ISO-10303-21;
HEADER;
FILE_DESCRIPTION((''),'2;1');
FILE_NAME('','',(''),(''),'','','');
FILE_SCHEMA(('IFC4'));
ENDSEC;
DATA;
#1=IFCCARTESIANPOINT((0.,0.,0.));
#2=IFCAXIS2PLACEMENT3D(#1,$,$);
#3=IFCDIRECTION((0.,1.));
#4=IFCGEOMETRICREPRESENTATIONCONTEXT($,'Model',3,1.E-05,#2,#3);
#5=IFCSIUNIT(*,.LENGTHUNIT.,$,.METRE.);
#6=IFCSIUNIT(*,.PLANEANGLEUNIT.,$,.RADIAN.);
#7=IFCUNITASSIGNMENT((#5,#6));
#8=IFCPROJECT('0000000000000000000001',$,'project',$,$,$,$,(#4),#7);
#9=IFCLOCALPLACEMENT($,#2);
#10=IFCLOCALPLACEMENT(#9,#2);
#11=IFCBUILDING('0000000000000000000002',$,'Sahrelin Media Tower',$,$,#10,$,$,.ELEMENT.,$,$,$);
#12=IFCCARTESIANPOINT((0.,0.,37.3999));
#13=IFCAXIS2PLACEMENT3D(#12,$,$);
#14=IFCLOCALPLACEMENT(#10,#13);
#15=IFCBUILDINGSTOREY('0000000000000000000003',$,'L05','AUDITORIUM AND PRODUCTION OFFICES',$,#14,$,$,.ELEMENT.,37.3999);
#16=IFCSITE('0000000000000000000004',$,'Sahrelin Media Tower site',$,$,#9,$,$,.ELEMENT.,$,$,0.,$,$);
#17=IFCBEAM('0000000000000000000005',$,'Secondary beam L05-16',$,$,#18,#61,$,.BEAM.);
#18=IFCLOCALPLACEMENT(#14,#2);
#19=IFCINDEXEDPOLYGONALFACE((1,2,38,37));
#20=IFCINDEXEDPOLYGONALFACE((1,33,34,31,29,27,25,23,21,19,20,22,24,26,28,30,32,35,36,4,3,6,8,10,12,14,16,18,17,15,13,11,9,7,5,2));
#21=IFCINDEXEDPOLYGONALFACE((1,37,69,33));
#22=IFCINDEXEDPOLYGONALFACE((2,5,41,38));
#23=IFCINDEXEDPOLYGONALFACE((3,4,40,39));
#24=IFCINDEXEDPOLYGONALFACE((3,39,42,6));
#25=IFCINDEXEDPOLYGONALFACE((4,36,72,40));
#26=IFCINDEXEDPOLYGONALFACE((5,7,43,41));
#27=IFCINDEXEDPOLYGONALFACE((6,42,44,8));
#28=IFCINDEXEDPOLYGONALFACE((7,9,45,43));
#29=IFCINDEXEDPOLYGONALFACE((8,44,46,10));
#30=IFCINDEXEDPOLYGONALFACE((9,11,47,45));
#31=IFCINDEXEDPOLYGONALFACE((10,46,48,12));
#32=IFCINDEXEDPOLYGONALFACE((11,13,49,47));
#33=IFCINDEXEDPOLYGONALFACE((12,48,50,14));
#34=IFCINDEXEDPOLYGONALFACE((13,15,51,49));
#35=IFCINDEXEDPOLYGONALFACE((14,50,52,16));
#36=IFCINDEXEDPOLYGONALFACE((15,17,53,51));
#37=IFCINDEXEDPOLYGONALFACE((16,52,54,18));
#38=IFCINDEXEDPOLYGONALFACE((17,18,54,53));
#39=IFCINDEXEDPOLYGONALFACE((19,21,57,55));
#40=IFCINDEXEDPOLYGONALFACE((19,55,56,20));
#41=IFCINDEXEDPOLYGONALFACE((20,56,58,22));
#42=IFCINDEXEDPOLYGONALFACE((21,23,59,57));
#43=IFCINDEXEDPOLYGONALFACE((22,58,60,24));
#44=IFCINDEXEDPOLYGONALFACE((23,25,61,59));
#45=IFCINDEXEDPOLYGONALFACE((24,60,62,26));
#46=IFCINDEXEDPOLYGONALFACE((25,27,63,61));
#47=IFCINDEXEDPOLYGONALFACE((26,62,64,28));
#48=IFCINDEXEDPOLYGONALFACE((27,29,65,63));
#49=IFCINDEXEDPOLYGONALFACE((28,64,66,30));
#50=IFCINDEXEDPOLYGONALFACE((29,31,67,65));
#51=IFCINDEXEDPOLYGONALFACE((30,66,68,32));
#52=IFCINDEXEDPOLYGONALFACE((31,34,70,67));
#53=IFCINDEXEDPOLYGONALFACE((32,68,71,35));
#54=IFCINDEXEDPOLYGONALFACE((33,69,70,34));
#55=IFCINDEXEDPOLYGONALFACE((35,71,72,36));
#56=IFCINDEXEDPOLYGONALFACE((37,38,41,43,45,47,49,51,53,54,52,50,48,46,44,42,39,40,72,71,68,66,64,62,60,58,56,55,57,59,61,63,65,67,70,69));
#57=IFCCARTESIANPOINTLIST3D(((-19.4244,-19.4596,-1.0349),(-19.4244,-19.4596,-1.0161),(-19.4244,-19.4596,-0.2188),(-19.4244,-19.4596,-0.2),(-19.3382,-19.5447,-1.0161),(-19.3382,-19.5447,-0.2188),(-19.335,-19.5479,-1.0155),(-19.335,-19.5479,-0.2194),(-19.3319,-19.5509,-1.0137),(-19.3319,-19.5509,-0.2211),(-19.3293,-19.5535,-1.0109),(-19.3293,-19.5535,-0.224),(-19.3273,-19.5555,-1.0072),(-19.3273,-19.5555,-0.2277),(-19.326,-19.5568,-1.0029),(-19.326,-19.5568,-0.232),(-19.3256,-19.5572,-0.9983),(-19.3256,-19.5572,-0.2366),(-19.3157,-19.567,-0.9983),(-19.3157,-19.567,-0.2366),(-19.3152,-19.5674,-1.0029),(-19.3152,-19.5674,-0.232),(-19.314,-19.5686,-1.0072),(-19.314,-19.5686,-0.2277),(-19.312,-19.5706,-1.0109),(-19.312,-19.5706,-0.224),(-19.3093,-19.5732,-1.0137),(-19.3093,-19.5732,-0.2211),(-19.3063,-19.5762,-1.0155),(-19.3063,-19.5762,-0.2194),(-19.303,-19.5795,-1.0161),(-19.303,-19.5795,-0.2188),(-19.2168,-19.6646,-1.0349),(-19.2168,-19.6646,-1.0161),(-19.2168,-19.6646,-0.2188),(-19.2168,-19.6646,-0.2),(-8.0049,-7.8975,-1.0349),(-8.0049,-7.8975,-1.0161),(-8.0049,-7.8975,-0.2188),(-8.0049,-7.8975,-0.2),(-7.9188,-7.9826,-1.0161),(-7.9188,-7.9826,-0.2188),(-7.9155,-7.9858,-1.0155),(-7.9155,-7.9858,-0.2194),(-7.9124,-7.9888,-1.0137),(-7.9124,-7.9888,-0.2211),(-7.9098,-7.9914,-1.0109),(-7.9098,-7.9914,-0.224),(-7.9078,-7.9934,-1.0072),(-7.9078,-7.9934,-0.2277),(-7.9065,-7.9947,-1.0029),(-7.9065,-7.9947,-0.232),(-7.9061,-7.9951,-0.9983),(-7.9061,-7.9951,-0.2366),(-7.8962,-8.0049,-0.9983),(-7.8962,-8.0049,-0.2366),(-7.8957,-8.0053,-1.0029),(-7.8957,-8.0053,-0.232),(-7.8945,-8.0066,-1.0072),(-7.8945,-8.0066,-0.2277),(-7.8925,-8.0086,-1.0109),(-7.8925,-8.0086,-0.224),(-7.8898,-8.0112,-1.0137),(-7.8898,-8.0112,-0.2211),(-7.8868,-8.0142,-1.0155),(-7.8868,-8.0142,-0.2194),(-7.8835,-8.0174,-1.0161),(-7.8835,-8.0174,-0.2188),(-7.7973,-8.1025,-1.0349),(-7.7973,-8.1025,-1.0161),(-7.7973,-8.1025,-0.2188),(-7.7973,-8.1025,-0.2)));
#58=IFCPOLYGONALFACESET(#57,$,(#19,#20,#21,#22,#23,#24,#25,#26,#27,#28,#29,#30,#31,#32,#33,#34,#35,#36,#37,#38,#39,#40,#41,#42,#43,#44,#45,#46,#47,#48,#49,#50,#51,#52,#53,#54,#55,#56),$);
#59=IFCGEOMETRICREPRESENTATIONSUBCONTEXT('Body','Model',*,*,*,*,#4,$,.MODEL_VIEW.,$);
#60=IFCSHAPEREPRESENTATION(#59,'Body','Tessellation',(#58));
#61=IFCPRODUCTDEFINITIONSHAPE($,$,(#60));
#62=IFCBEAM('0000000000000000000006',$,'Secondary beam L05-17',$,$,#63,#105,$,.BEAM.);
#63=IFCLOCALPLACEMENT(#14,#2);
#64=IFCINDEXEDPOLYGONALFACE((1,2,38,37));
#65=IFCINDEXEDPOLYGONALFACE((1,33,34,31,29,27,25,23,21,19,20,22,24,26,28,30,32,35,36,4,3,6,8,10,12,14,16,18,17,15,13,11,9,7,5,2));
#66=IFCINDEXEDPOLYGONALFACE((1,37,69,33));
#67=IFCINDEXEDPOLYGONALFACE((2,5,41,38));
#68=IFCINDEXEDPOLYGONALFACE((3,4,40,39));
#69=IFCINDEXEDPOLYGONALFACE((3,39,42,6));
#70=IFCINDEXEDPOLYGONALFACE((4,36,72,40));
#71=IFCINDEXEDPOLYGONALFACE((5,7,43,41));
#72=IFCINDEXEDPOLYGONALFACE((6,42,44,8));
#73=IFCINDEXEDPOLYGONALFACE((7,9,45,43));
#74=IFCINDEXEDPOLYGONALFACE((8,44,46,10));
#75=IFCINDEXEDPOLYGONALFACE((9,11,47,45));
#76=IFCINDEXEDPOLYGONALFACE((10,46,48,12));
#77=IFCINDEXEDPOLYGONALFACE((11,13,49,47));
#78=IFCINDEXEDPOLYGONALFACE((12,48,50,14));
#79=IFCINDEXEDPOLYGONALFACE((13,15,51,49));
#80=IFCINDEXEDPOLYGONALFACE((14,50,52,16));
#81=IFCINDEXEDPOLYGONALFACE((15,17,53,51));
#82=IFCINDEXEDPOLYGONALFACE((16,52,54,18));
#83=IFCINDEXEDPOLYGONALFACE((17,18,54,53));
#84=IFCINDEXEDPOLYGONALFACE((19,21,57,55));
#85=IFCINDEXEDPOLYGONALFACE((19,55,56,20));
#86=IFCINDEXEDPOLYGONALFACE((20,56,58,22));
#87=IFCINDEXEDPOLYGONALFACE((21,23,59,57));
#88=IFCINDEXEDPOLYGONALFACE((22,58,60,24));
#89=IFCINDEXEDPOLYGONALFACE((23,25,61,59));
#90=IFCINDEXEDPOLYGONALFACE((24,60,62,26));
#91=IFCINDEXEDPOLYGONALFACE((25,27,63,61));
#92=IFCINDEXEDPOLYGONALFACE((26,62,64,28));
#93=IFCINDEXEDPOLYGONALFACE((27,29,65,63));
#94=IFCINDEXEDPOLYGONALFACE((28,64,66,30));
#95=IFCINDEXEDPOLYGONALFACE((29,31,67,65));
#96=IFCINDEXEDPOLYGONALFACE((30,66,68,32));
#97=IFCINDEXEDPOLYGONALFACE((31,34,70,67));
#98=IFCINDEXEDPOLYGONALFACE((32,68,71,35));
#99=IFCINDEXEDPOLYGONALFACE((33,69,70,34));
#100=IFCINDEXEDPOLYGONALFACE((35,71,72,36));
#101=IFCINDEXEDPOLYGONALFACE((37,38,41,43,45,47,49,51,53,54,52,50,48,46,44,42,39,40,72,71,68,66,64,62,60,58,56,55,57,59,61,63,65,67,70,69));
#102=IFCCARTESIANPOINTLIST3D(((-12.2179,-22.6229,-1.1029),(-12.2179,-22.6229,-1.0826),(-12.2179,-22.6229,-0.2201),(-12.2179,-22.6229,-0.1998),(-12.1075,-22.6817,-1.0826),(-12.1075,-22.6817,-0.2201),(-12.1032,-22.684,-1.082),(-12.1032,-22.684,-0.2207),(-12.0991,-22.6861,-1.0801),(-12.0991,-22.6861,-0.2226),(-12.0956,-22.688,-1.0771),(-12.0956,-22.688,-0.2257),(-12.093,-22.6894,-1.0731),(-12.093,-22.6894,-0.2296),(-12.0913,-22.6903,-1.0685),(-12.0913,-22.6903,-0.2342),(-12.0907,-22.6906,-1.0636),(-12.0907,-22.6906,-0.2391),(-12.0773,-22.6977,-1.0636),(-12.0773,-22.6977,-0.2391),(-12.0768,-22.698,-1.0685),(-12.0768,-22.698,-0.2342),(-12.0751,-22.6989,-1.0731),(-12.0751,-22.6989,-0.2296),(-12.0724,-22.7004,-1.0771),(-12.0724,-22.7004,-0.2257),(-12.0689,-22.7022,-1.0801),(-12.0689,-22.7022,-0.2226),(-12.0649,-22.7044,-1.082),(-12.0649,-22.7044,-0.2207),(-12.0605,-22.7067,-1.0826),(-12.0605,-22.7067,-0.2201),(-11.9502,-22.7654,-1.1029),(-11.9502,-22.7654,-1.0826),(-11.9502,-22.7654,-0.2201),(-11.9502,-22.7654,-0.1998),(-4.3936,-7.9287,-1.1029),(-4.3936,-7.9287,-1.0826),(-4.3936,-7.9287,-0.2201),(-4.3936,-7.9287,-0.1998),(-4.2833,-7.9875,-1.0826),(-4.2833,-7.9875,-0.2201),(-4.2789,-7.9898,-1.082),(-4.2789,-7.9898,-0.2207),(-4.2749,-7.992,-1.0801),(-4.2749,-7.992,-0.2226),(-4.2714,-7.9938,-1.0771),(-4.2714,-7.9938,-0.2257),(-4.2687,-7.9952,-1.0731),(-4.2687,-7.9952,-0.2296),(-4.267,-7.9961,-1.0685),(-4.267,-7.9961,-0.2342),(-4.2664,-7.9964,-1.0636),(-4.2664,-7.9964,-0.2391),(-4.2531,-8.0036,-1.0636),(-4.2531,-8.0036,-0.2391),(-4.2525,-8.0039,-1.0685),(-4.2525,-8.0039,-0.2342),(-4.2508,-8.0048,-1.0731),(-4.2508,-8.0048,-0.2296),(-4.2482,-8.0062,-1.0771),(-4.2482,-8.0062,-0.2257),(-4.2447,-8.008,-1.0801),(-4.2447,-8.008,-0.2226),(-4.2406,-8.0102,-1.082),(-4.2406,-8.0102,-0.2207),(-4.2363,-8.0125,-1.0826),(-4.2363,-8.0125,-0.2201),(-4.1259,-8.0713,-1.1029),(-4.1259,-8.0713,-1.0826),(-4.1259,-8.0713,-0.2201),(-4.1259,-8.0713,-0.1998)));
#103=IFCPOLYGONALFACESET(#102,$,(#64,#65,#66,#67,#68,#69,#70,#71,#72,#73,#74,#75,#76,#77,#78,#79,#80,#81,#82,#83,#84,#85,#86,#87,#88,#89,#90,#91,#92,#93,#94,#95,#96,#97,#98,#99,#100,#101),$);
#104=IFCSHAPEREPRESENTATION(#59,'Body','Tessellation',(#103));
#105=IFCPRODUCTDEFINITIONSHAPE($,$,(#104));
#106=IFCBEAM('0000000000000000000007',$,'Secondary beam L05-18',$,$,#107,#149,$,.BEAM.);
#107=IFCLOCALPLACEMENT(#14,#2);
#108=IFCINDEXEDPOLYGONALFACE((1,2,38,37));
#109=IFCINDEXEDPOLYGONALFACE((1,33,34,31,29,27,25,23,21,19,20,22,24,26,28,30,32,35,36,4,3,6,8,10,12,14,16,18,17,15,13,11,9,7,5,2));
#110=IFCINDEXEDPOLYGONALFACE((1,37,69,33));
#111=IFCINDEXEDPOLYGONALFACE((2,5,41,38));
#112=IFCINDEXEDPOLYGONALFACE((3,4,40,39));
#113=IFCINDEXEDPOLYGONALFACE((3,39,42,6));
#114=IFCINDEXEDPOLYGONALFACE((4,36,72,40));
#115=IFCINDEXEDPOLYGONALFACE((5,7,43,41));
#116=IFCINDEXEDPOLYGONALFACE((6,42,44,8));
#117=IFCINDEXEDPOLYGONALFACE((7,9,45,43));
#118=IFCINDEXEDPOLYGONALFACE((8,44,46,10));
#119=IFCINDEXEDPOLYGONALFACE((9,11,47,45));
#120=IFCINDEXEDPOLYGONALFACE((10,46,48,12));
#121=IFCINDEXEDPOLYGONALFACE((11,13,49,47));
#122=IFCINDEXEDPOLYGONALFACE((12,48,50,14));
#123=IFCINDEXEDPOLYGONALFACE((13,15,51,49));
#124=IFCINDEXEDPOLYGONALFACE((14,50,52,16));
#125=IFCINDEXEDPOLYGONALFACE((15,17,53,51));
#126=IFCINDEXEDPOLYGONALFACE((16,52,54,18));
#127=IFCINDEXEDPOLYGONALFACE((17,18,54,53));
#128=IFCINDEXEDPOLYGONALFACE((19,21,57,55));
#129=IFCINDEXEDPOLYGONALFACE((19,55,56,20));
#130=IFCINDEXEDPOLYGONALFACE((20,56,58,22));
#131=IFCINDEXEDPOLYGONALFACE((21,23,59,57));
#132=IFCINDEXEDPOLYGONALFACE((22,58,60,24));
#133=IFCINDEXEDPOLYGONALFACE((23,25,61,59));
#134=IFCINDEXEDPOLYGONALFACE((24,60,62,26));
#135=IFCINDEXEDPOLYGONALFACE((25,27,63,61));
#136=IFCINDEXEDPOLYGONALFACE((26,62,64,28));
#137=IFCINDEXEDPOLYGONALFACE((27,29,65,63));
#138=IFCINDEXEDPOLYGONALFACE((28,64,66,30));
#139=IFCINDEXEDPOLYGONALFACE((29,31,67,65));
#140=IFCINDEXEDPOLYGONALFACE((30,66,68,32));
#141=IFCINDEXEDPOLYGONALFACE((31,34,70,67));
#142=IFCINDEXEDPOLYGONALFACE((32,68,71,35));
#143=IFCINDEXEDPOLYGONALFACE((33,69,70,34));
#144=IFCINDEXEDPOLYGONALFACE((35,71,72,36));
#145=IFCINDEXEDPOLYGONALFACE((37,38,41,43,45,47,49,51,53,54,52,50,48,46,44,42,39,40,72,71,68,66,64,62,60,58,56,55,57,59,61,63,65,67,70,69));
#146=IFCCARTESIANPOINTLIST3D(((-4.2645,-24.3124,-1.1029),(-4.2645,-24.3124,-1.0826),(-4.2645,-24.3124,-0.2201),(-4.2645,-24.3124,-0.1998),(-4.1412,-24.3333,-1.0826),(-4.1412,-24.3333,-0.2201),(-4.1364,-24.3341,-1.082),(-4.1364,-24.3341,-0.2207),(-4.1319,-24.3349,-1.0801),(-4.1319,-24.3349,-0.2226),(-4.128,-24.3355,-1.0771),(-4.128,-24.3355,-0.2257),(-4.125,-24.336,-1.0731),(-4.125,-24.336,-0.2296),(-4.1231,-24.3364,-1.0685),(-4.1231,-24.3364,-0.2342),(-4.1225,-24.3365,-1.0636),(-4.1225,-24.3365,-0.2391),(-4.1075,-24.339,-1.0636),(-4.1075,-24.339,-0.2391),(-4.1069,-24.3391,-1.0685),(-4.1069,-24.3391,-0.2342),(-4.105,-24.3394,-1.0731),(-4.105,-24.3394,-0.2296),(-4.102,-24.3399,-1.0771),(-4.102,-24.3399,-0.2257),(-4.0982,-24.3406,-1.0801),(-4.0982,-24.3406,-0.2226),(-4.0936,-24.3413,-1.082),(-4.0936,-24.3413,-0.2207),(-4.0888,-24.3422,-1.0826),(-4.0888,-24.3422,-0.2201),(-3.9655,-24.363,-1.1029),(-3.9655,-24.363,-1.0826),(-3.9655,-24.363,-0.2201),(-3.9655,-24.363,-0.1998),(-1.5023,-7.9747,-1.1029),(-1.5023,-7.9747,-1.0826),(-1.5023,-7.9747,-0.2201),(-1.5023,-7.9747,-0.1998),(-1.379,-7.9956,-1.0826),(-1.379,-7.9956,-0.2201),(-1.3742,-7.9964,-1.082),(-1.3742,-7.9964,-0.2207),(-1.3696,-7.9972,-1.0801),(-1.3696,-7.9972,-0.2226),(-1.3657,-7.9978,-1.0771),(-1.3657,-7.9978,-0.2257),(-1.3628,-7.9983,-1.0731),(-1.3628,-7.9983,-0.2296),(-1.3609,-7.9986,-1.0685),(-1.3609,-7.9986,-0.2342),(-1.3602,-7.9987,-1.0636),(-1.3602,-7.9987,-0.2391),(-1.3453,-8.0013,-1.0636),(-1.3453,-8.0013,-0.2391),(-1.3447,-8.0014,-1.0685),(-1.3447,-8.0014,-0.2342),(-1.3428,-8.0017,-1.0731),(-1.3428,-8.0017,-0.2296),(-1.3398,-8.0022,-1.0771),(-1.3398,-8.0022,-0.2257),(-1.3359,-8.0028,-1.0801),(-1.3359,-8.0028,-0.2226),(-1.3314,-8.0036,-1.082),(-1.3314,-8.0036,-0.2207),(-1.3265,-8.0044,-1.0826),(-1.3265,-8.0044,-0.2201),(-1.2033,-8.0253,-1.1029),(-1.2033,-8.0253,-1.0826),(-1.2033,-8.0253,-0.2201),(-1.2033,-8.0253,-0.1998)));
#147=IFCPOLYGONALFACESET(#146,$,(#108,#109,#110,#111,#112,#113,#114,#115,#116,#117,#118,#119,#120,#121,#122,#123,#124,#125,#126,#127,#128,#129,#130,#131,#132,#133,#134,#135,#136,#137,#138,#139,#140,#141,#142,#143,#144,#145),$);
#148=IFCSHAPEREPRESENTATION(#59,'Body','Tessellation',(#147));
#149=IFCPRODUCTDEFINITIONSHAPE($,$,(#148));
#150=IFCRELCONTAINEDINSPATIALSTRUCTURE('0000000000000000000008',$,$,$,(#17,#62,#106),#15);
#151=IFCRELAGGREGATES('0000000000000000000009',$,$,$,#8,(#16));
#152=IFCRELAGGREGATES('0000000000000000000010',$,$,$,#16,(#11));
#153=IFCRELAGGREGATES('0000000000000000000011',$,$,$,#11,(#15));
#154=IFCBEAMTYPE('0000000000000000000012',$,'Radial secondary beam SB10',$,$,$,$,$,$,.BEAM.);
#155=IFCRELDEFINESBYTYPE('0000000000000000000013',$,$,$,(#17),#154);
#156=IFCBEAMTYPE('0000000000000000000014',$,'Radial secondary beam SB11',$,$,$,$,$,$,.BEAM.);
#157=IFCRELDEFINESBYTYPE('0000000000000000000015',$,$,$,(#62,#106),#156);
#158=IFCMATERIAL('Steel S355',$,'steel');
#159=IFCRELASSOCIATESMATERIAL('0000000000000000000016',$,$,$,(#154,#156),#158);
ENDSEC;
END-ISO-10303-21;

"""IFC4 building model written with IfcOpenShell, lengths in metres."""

from ifc_helpers import new_model, si_unit, direction, frame, origin, origin_2d, place, context, subcontext, project, spatial, i_section, extrude, material, material_profile, profile_set, type_object, element, save


model = new_model("IFC4")

# Units and contexts
model_context = context("Model", 3, precision=1e-05, world=origin(), true_north=direction((0.0, 1.0)))
body_context = subcontext(model_context, "Body", "Model", "MODEL_VIEW")
ifc_project = project(units=[si_unit("LENGTHUNIT", "METRE"), si_unit("PLANEANGLEUNIT", "RADIAN")], contexts=[model_context])

# Site, building, storey
site_placement = place(None, origin())
site = spatial("IfcSite", under=ifc_project, at=site_placement, Name="Sahrelin Media Tower site", CompositionType="ELEMENT", RefElevation=0.0)
building_placement = place(site_placement, origin())
building = spatial("IfcBuilding", under=site, at=building_placement, Name="Sahrelin Media Tower", CompositionType="ELEMENT")
storey_placement = place(building_placement, frame((0.0, 0.0, 37.3999)))
storey = spatial("IfcBuildingStorey", under=building, at=storey_placement, Name="L05", Description="AUDITORIUM AND PRODUCTION OFFICES", CompositionType="ELEMENT", Elevation=37.3999)

# Beams
ifc_material_1 = material(Name="Steel S355", Category="steel")
ifc_material_profile_1 = material_profile(ifc_material_1, i_section(OverallWidth=0.2917, OverallDepth=0.835, WebThickness=0.0139, FlangeThickness=0.0188, FilletRadius=0.0178, at=origin_2d()), Name="UB 838x292x176")
ifc_profile_set_1 = profile_set([ifc_material_profile_1], Name="Steel S355")
beam_type_1 = type_object("IfcBeamType", Name="Radial secondary beam SB10", PredefinedType="BEAM", material=ifc_profile_set_1)
beam_1_placement = place(storey_placement, frame((-7.9011, -8.0, -0.6174), z_axis=(-0.702706, -0.71148, 0.0), x_axis=(0.71148, -0.702706, 0.0)))
element("IfcBeam", 1, at=beam_1_placement, inside=storey, type_object=beam_type_1, Name="Secondary beam L05-16", PredefinedType="BEAM", context=body_context, shape_type="SweptSolid", body=[
    extrude(i_section(OverallWidth=0.2917, OverallDepth=0.835, WebThickness=0.0139, FlangeThickness=0.0188, FilletRadius=0.0178, at=origin_2d()), origin(), (0.0, 0.0, 1.0), 16.2507),
])
ifc_material_profile_2 = material_profile(ifc_material_1, i_section(OverallWidth=0.3032, OverallDepth=0.9031, WebThickness=0.0151, FlangeThickness=0.0203, FilletRadius=0.019, at=origin_2d()), Name="UB 914x305x201")
ifc_profile_set_2 = profile_set([ifc_material_profile_2], Name="Steel S355")
beam_type_2 = type_object("IfcBeamType", Name="Radial secondary beam SB11", PredefinedType="BEAM", material=ifc_profile_set_2)
beam_2_placement = place(storey_placement, frame((-4.2598, -8.0, -0.6514), z_axis=(-0.469997, -0.882668, 0.0), x_axis=(0.882668, -0.469997, 0.0)))
element("IfcBeam", 2, at=beam_2_placement, inside=storey, type_object=beam_type_2, Name="Secondary beam L05-17", PredefinedType="BEAM", context=body_context, shape_type="SweptSolid", body=[
    extrude(i_section(OverallWidth=0.3032, OverallDepth=0.9031, WebThickness=0.0151, FlangeThickness=0.0203, FilletRadius=0.019, at=origin_2d()), origin(), (0.0, 0.0, 1.0), 16.6475),
])
beam_3_placement = place(storey_placement, frame((-1.3528, -8.0, -0.6514), z_axis=(-0.166704, -0.986007, 0.0), x_axis=(0.986007, -0.166704, 0.0)))
element("IfcBeam", 3, at=beam_3_placement, inside=storey, type_object=beam_type_2, Name="Secondary beam L05-18", PredefinedType="BEAM", context=body_context, shape_type="SweptSolid", body=[
    extrude(i_section(OverallWidth=0.3032, OverallDepth=0.9031, WebThickness=0.0151, FlangeThickness=0.0203, FilletRadius=0.019, at=origin_2d()), origin(), (0.0, 0.0, 1.0), 16.5696),
])

save(model, "model.ifc")
